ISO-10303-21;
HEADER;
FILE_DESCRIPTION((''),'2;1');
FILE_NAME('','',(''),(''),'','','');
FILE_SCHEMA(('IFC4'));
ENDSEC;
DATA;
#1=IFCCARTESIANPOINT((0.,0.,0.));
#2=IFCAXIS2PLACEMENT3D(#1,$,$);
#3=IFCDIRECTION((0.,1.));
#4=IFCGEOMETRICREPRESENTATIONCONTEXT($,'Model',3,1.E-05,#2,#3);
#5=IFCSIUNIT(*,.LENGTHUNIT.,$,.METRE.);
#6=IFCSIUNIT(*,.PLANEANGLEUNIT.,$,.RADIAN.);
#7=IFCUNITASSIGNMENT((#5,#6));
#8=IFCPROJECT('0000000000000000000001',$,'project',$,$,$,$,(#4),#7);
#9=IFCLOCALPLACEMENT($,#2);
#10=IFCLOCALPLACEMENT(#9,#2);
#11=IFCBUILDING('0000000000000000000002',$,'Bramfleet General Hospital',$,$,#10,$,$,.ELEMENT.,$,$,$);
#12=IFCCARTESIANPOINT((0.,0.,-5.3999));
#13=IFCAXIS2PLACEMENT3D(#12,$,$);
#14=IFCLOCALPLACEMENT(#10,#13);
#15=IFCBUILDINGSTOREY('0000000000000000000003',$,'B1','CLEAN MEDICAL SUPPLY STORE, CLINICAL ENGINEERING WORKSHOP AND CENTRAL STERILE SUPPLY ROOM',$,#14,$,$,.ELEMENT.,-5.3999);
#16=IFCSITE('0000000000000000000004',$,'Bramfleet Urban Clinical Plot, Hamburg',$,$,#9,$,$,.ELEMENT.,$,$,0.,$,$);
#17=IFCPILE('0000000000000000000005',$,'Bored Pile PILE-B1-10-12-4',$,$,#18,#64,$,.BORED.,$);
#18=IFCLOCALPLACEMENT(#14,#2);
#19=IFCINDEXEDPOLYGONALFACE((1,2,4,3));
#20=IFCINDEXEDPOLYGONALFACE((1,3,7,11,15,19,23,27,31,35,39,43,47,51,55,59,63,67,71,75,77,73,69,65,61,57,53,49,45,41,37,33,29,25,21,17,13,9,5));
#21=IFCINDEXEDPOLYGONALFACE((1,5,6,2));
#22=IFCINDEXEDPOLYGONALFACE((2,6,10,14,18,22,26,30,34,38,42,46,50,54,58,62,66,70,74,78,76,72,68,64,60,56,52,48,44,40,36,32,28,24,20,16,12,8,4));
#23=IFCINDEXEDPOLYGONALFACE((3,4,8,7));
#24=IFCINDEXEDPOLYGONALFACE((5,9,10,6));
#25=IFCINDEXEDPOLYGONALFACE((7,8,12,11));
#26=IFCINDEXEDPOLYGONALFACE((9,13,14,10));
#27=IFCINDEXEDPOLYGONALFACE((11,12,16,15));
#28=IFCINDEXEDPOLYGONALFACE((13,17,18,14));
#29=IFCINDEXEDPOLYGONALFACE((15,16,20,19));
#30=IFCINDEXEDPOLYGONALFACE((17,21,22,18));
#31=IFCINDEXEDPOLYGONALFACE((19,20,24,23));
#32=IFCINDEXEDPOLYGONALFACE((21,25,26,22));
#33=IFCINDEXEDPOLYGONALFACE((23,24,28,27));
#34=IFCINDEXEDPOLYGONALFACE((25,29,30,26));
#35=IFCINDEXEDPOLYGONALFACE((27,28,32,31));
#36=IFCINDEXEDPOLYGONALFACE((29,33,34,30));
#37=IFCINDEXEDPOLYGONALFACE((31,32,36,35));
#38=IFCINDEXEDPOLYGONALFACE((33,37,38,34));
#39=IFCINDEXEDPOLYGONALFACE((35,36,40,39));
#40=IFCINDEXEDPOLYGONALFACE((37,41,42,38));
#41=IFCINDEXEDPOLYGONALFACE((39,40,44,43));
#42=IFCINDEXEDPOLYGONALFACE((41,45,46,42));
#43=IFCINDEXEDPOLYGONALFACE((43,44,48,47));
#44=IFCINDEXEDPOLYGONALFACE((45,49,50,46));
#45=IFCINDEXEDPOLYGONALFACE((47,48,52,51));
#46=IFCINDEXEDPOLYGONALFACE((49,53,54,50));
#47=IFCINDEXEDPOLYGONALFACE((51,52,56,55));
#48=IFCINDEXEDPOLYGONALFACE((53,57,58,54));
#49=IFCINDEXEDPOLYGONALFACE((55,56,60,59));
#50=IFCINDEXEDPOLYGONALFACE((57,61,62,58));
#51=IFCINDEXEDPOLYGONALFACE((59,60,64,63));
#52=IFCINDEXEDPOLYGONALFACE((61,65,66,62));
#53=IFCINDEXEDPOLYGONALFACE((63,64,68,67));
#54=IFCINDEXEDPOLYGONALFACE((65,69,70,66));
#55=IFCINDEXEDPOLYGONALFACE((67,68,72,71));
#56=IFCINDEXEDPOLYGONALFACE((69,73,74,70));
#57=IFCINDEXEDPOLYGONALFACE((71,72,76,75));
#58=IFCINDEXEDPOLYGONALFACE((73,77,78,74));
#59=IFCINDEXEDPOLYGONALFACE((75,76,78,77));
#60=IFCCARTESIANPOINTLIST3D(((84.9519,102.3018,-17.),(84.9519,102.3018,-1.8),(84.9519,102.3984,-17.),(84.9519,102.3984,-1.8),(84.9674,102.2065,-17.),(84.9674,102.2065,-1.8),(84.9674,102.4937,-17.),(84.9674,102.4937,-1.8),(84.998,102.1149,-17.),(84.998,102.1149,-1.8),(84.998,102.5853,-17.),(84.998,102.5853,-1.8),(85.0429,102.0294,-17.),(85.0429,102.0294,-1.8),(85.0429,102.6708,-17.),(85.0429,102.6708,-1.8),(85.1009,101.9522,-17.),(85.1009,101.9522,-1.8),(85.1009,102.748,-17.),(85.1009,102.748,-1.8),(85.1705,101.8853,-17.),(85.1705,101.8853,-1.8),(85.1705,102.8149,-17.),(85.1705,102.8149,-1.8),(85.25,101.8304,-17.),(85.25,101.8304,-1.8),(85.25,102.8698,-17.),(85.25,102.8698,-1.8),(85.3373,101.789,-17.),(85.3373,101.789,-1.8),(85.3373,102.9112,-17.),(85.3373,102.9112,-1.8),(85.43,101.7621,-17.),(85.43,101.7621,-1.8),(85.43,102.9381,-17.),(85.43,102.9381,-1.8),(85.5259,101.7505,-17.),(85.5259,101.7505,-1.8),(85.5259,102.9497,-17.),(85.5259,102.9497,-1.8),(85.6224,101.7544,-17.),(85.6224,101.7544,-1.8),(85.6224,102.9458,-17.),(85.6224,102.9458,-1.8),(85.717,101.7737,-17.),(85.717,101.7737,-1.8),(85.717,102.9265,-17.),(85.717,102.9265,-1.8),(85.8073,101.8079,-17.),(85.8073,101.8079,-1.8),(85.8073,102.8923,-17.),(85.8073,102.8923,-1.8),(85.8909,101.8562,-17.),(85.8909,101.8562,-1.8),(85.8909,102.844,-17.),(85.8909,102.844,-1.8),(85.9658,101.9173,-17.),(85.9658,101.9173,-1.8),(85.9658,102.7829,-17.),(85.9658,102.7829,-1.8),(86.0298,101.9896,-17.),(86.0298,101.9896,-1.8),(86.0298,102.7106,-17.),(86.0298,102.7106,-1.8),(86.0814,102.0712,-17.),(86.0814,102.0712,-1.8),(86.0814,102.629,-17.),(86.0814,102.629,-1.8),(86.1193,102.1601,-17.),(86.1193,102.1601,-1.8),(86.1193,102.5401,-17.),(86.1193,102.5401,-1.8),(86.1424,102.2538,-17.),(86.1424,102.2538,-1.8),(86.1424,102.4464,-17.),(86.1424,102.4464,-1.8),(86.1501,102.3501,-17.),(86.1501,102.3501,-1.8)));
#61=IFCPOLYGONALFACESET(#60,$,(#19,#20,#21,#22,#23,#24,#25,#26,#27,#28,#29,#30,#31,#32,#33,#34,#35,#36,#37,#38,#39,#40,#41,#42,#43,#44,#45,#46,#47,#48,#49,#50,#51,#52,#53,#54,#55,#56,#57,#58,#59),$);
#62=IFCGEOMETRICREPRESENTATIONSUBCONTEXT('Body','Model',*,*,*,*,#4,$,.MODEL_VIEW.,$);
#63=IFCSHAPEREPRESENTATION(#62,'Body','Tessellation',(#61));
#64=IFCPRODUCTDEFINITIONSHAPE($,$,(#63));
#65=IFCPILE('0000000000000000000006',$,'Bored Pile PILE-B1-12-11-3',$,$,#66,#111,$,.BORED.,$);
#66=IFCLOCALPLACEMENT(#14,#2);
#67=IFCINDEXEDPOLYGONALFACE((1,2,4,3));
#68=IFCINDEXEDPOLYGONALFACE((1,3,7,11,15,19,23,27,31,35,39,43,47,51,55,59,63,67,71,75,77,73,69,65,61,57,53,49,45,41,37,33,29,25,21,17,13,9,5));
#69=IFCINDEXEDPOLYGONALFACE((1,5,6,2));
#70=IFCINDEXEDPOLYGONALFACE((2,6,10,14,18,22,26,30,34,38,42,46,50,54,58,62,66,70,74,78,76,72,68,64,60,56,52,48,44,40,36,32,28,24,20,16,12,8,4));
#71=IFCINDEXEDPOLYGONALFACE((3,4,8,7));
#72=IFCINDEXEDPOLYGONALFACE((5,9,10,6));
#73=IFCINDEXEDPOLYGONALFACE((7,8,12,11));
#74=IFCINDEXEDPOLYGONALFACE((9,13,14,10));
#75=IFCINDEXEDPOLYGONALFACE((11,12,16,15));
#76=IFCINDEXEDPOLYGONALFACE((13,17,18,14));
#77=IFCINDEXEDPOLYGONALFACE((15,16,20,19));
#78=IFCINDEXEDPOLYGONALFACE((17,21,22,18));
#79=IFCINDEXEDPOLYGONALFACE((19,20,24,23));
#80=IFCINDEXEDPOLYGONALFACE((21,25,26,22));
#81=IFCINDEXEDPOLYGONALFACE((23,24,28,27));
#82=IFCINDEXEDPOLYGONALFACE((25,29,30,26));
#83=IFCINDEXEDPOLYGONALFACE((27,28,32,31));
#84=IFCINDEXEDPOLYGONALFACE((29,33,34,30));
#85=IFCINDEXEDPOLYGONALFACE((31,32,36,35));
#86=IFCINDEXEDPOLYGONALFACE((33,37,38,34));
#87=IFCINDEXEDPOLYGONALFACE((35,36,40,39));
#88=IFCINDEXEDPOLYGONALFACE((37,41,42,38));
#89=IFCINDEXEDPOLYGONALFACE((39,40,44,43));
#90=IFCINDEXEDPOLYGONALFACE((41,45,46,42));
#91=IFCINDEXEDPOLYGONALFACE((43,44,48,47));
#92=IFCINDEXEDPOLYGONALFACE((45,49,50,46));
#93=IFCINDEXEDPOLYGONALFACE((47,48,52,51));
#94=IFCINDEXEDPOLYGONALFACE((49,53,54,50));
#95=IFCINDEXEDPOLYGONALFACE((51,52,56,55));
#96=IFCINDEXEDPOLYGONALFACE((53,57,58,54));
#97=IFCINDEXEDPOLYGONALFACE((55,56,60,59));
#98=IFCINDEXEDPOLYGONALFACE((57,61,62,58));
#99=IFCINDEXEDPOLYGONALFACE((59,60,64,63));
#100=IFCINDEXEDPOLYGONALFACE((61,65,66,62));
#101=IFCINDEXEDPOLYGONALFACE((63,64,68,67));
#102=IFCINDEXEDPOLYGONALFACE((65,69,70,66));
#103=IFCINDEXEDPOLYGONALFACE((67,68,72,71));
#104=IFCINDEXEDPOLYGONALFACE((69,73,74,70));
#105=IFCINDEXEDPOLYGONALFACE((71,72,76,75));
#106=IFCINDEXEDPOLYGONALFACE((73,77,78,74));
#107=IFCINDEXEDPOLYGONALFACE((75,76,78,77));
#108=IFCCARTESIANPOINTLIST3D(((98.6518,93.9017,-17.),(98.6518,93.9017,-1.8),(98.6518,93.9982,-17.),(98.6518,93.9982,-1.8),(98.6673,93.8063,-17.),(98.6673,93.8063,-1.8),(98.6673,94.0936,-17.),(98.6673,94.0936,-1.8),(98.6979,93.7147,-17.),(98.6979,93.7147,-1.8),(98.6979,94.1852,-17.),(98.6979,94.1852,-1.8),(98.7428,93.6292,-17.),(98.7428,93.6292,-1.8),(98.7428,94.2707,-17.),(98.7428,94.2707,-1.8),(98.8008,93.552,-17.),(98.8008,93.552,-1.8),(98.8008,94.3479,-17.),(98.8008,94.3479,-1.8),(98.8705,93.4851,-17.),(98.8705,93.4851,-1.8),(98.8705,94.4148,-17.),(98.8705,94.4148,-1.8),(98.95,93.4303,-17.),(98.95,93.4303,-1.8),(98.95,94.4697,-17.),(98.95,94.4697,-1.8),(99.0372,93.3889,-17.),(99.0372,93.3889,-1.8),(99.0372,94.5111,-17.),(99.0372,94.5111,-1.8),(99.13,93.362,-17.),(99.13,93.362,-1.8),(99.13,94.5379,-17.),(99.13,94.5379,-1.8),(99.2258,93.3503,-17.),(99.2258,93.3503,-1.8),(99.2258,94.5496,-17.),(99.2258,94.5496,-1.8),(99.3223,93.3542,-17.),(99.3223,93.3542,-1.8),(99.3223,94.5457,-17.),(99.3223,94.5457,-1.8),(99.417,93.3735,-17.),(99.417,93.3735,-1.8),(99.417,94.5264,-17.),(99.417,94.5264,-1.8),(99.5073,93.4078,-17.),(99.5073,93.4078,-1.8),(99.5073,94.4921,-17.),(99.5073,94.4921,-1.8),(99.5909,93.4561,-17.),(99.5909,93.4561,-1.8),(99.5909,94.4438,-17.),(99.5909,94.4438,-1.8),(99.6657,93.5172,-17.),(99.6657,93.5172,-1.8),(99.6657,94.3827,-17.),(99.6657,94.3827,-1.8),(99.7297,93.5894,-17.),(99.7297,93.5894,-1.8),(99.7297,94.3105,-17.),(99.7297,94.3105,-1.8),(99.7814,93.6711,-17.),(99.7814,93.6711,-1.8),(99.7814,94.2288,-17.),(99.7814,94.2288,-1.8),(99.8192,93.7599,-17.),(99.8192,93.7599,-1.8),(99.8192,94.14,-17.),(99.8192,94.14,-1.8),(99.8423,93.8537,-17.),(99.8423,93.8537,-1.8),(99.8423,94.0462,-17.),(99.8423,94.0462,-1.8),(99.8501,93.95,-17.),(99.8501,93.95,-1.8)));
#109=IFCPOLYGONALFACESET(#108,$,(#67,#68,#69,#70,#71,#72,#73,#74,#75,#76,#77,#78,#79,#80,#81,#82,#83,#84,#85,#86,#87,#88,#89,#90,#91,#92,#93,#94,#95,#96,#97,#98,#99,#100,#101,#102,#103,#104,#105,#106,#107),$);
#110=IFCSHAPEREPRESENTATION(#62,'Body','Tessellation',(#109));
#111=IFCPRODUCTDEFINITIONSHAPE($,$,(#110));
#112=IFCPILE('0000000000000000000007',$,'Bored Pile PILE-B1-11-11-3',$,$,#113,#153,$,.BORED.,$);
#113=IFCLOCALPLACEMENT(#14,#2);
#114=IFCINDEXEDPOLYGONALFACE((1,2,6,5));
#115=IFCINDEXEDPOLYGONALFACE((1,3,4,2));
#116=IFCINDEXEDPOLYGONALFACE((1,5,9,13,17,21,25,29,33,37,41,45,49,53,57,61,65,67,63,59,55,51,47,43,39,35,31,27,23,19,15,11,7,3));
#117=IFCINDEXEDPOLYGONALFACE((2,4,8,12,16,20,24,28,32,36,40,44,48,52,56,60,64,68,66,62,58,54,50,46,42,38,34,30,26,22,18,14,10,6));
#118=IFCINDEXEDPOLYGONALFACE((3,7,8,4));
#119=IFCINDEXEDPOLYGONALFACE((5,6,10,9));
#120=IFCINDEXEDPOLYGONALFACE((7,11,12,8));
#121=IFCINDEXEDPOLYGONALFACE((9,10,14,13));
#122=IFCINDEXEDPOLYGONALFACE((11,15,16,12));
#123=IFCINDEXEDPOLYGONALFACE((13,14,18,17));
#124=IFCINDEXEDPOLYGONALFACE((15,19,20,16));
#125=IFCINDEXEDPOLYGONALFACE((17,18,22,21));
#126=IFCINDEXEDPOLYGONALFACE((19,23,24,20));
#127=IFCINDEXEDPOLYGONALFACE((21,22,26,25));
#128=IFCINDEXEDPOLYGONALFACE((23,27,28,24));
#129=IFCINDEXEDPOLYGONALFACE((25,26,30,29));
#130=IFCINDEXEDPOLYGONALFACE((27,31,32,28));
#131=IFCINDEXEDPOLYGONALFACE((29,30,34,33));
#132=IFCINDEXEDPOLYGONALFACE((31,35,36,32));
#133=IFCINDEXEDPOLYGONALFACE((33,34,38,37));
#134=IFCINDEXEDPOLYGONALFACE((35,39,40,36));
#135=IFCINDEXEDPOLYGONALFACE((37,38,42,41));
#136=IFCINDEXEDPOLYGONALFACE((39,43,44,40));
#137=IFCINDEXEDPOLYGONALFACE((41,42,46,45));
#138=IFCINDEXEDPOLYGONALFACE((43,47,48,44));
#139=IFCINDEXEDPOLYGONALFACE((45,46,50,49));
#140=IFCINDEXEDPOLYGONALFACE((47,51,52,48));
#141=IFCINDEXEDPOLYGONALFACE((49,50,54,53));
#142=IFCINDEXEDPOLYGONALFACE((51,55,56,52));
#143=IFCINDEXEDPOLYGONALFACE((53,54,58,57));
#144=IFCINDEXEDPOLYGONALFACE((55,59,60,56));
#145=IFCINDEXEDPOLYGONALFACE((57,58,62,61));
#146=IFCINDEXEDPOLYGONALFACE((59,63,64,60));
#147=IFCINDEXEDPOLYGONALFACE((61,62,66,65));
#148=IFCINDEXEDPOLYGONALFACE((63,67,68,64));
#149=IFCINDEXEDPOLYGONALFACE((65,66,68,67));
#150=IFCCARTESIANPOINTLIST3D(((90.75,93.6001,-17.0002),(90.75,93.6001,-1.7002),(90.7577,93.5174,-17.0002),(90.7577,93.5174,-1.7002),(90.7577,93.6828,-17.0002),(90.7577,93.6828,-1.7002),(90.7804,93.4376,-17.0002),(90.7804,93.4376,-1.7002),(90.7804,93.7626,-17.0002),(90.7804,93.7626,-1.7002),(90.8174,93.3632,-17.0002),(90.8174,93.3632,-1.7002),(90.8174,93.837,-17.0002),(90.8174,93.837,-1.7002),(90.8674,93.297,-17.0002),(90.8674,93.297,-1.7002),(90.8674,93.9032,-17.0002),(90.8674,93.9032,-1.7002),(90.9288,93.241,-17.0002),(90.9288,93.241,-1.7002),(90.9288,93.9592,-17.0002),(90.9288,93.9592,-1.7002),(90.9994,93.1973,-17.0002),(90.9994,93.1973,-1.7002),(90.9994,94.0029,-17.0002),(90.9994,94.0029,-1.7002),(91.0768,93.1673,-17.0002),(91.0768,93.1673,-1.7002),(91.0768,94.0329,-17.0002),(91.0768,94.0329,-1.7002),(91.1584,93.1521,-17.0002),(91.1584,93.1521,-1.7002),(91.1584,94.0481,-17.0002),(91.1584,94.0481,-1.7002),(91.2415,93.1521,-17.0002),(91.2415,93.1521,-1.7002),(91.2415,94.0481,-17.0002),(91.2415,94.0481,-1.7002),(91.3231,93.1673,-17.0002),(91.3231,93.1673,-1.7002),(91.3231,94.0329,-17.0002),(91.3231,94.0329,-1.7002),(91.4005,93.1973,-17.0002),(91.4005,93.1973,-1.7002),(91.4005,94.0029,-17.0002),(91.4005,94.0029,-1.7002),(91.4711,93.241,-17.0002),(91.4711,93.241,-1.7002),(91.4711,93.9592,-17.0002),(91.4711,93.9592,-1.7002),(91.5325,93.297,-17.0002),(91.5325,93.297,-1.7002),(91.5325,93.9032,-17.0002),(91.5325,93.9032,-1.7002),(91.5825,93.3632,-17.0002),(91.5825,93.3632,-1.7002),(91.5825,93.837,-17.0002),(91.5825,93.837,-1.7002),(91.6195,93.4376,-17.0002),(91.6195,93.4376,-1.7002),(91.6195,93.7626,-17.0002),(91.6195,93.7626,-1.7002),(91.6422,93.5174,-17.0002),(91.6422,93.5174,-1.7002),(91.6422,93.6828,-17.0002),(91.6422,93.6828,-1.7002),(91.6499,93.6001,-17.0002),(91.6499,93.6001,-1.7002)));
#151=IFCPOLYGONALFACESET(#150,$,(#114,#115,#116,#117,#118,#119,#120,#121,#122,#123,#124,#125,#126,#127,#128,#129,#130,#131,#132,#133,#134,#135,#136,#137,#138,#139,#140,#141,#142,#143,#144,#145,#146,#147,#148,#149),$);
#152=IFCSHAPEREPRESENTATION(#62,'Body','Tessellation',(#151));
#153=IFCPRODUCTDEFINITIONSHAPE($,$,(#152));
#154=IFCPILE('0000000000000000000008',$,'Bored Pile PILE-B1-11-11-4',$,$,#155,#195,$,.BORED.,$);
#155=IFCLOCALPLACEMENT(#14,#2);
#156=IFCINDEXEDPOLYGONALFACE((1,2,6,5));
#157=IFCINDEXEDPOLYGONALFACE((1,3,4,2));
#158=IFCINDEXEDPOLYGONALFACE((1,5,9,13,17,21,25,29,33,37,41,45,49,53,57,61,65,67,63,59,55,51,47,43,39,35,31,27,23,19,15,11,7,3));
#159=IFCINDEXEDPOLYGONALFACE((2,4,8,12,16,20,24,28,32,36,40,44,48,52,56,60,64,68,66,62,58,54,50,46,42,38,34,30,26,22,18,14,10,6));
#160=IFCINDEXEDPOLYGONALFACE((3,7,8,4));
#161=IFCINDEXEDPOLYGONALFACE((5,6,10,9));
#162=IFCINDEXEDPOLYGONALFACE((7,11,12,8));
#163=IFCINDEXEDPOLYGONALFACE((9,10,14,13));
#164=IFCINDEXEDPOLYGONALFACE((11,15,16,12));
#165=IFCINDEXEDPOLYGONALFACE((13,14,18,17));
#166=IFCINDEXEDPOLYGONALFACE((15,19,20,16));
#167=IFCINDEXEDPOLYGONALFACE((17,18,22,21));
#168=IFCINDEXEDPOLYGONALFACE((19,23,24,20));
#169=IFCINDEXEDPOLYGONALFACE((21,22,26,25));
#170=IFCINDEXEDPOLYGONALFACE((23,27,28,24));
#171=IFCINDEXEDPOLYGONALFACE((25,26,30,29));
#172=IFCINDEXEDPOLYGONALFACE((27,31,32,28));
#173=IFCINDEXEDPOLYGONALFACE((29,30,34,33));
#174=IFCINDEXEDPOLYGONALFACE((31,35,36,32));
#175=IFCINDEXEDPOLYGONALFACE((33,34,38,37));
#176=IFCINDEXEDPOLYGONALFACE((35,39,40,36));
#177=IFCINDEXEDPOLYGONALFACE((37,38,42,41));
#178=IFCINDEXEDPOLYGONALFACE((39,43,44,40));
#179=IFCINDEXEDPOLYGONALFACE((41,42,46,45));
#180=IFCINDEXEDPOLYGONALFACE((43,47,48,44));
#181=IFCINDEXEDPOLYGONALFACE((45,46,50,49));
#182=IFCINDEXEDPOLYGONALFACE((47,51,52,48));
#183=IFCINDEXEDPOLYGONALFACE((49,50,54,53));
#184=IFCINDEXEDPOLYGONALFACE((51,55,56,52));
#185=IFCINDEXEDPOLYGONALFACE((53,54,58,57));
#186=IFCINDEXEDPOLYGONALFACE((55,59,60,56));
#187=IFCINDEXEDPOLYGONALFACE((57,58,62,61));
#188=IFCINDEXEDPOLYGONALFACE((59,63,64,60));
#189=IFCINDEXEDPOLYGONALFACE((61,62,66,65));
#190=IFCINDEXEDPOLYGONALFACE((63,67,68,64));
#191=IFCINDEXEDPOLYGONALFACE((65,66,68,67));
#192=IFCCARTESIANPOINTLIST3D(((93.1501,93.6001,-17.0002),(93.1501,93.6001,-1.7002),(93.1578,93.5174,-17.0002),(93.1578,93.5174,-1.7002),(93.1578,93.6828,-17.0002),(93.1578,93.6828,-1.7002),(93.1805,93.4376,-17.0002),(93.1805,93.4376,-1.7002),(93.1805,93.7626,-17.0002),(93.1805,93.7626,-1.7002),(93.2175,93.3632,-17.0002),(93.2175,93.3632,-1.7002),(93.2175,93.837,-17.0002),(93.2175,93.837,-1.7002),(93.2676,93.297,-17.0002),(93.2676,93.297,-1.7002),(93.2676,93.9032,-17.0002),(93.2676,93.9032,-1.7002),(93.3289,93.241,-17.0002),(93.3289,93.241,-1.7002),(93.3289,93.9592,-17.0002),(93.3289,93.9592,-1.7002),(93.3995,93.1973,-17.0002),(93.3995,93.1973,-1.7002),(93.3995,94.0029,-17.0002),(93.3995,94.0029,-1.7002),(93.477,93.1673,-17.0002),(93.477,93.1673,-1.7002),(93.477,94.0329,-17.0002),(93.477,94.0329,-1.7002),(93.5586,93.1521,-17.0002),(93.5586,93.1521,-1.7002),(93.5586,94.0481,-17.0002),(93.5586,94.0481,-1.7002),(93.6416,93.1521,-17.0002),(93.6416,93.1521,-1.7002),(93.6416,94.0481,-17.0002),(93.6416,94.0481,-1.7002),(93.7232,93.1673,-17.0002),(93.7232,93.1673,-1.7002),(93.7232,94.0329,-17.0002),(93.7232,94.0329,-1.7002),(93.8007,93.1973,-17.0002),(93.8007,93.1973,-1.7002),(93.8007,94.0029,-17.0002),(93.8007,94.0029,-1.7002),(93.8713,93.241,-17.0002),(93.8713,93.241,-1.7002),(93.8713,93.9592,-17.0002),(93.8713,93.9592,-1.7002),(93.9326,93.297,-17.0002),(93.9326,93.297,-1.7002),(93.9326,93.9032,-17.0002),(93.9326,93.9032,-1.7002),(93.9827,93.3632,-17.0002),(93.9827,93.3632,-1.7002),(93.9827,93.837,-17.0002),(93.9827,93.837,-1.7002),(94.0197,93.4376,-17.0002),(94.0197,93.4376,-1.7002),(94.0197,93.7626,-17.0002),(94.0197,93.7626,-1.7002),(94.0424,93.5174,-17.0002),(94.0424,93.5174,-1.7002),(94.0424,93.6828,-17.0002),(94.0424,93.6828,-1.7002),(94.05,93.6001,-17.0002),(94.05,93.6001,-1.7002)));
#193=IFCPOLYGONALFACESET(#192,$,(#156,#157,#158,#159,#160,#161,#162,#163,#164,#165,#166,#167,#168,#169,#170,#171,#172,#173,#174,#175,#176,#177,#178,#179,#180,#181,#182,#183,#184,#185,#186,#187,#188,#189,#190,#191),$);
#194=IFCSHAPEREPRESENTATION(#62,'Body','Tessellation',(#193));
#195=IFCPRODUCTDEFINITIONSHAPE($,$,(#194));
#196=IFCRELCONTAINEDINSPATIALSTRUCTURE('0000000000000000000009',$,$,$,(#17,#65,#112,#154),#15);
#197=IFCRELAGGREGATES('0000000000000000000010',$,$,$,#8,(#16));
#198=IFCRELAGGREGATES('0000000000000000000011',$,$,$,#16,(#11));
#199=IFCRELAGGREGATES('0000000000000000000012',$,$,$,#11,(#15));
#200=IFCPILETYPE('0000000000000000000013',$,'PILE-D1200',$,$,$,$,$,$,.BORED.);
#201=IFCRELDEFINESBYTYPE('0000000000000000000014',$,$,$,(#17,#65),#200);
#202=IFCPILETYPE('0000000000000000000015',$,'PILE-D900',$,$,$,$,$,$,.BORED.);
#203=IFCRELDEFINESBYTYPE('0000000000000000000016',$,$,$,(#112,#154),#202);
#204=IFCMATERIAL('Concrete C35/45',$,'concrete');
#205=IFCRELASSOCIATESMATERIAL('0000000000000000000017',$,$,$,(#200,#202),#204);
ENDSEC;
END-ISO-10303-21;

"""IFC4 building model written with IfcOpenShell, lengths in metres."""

from ifc_helpers import new_model, si_unit, direction, frame, origin, origin_2d, place, context, subcontext, project, spatial, circle, extrude, material, material_profile, profile_set, type_object, element, save


model = new_model("IFC4")

# Units and contexts
model_context = context("Model", 3, precision=1e-05, world=origin(), true_north=direction((0.0, 1.0)))
body_context = subcontext(model_context, "Body", "Model", "MODEL_VIEW")
ifc_project = project(units=[si_unit("LENGTHUNIT", "METRE"), si_unit("PLANEANGLEUNIT", "RADIAN")], contexts=[model_context])

# Site, building, storey
site_placement = place(None, origin())
site = spatial("IfcSite", under=ifc_project, at=site_placement, Name="Bramfleet Urban Clinical Plot, Hamburg", CompositionType="ELEMENT", RefElevation=0.0)
building_placement = place(site_placement, origin())
building = spatial("IfcBuilding", under=site, at=building_placement, Name="Bramfleet General Hospital", CompositionType="ELEMENT")
storey_placement = place(building_placement, frame((0.0, 0.0, -5.3999)))
storey = spatial("IfcBuildingStorey", under=building, at=storey_placement, Name="B1", Description="CLEAN MEDICAL SUPPLY STORE, CLINICAL ENGINEERING WORKSHOP AND CENTRAL STERILE SUPPLY ROOM", CompositionType="ELEMENT", Elevation=-5.3999)

# Shared definitions
ifc_material_1 = material(Name="Concrete C35/45", Category="concrete")

# Piles
ifc_material_profile_1 = material_profile(ifc_material_1, circle(Radius=0.6001, at=origin_2d()), Name="PILE BORED D1200")
ifc_profile_set_1 = profile_set([ifc_material_profile_1], Name="Concrete C35/45")
pile_type_1 = type_object("IfcPileType", Name="PILE-D1200", PredefinedType="BORED", material=ifc_profile_set_1)
for number, where, z_axis, x_axis, name in (
    (1, (85.55, 102.3501, -1.8), (0.0, 0.0, -1.0), (1.0, 0.0, 0.0), "Bored Pile PILE-B1-10-12-4"),
    (2, (99.25, 93.95, -1.8), (0.0, 0.0, -1.0), (1.0, 0.0, 0.0), "Bored Pile PILE-B1-12-11-3"),
):
    element("IfcPile", number, at=place(storey_placement, frame(where, z_axis=z_axis, x_axis=x_axis)), inside=storey, type_object=pile_type_1, Name=name, PredefinedType="BORED", context=body_context, shape_type="SweptSolid", body=[
        extrude(circle(Radius=0.6001, at=origin_2d()), origin(), (0.0, 0.0, 1.0), 15.2),
    ])
ifc_material_profile_2 = material_profile(ifc_material_1, circle(Radius=0.45, at=origin_2d()), Name="PILE BORED D900")
ifc_profile_set_2 = profile_set([ifc_material_profile_2], Name="Concrete C35/45")
pile_type_2 = type_object("IfcPileType", Name="PILE-D900", PredefinedType="BORED", material=ifc_profile_set_2)
for number, where, z_axis, x_axis, name in (
    (3, (91.2, 93.6001, -1.7002), (0.0, 0.0, -1.0), (1.0, 0.0, 0.0), "Bored Pile PILE-B1-11-11-3"),
    (4, (93.6001, 93.6001, -1.7002), (0.0, 0.0, -1.0), (1.0, 0.0, 0.0), "Bored Pile PILE-B1-11-11-4"),
):
    element("IfcPile", number, at=place(storey_placement, frame(where, z_axis=z_axis, x_axis=x_axis)), inside=storey, type_object=pile_type_2, Name=name, PredefinedType="BORED", context=body_context, shape_type="SweptSolid", body=[
        extrude(circle(Radius=0.45, at=origin_2d()), origin(), (0.0, 0.0, 1.0), 15.3),
    ])

save(model, "model.ifc")
